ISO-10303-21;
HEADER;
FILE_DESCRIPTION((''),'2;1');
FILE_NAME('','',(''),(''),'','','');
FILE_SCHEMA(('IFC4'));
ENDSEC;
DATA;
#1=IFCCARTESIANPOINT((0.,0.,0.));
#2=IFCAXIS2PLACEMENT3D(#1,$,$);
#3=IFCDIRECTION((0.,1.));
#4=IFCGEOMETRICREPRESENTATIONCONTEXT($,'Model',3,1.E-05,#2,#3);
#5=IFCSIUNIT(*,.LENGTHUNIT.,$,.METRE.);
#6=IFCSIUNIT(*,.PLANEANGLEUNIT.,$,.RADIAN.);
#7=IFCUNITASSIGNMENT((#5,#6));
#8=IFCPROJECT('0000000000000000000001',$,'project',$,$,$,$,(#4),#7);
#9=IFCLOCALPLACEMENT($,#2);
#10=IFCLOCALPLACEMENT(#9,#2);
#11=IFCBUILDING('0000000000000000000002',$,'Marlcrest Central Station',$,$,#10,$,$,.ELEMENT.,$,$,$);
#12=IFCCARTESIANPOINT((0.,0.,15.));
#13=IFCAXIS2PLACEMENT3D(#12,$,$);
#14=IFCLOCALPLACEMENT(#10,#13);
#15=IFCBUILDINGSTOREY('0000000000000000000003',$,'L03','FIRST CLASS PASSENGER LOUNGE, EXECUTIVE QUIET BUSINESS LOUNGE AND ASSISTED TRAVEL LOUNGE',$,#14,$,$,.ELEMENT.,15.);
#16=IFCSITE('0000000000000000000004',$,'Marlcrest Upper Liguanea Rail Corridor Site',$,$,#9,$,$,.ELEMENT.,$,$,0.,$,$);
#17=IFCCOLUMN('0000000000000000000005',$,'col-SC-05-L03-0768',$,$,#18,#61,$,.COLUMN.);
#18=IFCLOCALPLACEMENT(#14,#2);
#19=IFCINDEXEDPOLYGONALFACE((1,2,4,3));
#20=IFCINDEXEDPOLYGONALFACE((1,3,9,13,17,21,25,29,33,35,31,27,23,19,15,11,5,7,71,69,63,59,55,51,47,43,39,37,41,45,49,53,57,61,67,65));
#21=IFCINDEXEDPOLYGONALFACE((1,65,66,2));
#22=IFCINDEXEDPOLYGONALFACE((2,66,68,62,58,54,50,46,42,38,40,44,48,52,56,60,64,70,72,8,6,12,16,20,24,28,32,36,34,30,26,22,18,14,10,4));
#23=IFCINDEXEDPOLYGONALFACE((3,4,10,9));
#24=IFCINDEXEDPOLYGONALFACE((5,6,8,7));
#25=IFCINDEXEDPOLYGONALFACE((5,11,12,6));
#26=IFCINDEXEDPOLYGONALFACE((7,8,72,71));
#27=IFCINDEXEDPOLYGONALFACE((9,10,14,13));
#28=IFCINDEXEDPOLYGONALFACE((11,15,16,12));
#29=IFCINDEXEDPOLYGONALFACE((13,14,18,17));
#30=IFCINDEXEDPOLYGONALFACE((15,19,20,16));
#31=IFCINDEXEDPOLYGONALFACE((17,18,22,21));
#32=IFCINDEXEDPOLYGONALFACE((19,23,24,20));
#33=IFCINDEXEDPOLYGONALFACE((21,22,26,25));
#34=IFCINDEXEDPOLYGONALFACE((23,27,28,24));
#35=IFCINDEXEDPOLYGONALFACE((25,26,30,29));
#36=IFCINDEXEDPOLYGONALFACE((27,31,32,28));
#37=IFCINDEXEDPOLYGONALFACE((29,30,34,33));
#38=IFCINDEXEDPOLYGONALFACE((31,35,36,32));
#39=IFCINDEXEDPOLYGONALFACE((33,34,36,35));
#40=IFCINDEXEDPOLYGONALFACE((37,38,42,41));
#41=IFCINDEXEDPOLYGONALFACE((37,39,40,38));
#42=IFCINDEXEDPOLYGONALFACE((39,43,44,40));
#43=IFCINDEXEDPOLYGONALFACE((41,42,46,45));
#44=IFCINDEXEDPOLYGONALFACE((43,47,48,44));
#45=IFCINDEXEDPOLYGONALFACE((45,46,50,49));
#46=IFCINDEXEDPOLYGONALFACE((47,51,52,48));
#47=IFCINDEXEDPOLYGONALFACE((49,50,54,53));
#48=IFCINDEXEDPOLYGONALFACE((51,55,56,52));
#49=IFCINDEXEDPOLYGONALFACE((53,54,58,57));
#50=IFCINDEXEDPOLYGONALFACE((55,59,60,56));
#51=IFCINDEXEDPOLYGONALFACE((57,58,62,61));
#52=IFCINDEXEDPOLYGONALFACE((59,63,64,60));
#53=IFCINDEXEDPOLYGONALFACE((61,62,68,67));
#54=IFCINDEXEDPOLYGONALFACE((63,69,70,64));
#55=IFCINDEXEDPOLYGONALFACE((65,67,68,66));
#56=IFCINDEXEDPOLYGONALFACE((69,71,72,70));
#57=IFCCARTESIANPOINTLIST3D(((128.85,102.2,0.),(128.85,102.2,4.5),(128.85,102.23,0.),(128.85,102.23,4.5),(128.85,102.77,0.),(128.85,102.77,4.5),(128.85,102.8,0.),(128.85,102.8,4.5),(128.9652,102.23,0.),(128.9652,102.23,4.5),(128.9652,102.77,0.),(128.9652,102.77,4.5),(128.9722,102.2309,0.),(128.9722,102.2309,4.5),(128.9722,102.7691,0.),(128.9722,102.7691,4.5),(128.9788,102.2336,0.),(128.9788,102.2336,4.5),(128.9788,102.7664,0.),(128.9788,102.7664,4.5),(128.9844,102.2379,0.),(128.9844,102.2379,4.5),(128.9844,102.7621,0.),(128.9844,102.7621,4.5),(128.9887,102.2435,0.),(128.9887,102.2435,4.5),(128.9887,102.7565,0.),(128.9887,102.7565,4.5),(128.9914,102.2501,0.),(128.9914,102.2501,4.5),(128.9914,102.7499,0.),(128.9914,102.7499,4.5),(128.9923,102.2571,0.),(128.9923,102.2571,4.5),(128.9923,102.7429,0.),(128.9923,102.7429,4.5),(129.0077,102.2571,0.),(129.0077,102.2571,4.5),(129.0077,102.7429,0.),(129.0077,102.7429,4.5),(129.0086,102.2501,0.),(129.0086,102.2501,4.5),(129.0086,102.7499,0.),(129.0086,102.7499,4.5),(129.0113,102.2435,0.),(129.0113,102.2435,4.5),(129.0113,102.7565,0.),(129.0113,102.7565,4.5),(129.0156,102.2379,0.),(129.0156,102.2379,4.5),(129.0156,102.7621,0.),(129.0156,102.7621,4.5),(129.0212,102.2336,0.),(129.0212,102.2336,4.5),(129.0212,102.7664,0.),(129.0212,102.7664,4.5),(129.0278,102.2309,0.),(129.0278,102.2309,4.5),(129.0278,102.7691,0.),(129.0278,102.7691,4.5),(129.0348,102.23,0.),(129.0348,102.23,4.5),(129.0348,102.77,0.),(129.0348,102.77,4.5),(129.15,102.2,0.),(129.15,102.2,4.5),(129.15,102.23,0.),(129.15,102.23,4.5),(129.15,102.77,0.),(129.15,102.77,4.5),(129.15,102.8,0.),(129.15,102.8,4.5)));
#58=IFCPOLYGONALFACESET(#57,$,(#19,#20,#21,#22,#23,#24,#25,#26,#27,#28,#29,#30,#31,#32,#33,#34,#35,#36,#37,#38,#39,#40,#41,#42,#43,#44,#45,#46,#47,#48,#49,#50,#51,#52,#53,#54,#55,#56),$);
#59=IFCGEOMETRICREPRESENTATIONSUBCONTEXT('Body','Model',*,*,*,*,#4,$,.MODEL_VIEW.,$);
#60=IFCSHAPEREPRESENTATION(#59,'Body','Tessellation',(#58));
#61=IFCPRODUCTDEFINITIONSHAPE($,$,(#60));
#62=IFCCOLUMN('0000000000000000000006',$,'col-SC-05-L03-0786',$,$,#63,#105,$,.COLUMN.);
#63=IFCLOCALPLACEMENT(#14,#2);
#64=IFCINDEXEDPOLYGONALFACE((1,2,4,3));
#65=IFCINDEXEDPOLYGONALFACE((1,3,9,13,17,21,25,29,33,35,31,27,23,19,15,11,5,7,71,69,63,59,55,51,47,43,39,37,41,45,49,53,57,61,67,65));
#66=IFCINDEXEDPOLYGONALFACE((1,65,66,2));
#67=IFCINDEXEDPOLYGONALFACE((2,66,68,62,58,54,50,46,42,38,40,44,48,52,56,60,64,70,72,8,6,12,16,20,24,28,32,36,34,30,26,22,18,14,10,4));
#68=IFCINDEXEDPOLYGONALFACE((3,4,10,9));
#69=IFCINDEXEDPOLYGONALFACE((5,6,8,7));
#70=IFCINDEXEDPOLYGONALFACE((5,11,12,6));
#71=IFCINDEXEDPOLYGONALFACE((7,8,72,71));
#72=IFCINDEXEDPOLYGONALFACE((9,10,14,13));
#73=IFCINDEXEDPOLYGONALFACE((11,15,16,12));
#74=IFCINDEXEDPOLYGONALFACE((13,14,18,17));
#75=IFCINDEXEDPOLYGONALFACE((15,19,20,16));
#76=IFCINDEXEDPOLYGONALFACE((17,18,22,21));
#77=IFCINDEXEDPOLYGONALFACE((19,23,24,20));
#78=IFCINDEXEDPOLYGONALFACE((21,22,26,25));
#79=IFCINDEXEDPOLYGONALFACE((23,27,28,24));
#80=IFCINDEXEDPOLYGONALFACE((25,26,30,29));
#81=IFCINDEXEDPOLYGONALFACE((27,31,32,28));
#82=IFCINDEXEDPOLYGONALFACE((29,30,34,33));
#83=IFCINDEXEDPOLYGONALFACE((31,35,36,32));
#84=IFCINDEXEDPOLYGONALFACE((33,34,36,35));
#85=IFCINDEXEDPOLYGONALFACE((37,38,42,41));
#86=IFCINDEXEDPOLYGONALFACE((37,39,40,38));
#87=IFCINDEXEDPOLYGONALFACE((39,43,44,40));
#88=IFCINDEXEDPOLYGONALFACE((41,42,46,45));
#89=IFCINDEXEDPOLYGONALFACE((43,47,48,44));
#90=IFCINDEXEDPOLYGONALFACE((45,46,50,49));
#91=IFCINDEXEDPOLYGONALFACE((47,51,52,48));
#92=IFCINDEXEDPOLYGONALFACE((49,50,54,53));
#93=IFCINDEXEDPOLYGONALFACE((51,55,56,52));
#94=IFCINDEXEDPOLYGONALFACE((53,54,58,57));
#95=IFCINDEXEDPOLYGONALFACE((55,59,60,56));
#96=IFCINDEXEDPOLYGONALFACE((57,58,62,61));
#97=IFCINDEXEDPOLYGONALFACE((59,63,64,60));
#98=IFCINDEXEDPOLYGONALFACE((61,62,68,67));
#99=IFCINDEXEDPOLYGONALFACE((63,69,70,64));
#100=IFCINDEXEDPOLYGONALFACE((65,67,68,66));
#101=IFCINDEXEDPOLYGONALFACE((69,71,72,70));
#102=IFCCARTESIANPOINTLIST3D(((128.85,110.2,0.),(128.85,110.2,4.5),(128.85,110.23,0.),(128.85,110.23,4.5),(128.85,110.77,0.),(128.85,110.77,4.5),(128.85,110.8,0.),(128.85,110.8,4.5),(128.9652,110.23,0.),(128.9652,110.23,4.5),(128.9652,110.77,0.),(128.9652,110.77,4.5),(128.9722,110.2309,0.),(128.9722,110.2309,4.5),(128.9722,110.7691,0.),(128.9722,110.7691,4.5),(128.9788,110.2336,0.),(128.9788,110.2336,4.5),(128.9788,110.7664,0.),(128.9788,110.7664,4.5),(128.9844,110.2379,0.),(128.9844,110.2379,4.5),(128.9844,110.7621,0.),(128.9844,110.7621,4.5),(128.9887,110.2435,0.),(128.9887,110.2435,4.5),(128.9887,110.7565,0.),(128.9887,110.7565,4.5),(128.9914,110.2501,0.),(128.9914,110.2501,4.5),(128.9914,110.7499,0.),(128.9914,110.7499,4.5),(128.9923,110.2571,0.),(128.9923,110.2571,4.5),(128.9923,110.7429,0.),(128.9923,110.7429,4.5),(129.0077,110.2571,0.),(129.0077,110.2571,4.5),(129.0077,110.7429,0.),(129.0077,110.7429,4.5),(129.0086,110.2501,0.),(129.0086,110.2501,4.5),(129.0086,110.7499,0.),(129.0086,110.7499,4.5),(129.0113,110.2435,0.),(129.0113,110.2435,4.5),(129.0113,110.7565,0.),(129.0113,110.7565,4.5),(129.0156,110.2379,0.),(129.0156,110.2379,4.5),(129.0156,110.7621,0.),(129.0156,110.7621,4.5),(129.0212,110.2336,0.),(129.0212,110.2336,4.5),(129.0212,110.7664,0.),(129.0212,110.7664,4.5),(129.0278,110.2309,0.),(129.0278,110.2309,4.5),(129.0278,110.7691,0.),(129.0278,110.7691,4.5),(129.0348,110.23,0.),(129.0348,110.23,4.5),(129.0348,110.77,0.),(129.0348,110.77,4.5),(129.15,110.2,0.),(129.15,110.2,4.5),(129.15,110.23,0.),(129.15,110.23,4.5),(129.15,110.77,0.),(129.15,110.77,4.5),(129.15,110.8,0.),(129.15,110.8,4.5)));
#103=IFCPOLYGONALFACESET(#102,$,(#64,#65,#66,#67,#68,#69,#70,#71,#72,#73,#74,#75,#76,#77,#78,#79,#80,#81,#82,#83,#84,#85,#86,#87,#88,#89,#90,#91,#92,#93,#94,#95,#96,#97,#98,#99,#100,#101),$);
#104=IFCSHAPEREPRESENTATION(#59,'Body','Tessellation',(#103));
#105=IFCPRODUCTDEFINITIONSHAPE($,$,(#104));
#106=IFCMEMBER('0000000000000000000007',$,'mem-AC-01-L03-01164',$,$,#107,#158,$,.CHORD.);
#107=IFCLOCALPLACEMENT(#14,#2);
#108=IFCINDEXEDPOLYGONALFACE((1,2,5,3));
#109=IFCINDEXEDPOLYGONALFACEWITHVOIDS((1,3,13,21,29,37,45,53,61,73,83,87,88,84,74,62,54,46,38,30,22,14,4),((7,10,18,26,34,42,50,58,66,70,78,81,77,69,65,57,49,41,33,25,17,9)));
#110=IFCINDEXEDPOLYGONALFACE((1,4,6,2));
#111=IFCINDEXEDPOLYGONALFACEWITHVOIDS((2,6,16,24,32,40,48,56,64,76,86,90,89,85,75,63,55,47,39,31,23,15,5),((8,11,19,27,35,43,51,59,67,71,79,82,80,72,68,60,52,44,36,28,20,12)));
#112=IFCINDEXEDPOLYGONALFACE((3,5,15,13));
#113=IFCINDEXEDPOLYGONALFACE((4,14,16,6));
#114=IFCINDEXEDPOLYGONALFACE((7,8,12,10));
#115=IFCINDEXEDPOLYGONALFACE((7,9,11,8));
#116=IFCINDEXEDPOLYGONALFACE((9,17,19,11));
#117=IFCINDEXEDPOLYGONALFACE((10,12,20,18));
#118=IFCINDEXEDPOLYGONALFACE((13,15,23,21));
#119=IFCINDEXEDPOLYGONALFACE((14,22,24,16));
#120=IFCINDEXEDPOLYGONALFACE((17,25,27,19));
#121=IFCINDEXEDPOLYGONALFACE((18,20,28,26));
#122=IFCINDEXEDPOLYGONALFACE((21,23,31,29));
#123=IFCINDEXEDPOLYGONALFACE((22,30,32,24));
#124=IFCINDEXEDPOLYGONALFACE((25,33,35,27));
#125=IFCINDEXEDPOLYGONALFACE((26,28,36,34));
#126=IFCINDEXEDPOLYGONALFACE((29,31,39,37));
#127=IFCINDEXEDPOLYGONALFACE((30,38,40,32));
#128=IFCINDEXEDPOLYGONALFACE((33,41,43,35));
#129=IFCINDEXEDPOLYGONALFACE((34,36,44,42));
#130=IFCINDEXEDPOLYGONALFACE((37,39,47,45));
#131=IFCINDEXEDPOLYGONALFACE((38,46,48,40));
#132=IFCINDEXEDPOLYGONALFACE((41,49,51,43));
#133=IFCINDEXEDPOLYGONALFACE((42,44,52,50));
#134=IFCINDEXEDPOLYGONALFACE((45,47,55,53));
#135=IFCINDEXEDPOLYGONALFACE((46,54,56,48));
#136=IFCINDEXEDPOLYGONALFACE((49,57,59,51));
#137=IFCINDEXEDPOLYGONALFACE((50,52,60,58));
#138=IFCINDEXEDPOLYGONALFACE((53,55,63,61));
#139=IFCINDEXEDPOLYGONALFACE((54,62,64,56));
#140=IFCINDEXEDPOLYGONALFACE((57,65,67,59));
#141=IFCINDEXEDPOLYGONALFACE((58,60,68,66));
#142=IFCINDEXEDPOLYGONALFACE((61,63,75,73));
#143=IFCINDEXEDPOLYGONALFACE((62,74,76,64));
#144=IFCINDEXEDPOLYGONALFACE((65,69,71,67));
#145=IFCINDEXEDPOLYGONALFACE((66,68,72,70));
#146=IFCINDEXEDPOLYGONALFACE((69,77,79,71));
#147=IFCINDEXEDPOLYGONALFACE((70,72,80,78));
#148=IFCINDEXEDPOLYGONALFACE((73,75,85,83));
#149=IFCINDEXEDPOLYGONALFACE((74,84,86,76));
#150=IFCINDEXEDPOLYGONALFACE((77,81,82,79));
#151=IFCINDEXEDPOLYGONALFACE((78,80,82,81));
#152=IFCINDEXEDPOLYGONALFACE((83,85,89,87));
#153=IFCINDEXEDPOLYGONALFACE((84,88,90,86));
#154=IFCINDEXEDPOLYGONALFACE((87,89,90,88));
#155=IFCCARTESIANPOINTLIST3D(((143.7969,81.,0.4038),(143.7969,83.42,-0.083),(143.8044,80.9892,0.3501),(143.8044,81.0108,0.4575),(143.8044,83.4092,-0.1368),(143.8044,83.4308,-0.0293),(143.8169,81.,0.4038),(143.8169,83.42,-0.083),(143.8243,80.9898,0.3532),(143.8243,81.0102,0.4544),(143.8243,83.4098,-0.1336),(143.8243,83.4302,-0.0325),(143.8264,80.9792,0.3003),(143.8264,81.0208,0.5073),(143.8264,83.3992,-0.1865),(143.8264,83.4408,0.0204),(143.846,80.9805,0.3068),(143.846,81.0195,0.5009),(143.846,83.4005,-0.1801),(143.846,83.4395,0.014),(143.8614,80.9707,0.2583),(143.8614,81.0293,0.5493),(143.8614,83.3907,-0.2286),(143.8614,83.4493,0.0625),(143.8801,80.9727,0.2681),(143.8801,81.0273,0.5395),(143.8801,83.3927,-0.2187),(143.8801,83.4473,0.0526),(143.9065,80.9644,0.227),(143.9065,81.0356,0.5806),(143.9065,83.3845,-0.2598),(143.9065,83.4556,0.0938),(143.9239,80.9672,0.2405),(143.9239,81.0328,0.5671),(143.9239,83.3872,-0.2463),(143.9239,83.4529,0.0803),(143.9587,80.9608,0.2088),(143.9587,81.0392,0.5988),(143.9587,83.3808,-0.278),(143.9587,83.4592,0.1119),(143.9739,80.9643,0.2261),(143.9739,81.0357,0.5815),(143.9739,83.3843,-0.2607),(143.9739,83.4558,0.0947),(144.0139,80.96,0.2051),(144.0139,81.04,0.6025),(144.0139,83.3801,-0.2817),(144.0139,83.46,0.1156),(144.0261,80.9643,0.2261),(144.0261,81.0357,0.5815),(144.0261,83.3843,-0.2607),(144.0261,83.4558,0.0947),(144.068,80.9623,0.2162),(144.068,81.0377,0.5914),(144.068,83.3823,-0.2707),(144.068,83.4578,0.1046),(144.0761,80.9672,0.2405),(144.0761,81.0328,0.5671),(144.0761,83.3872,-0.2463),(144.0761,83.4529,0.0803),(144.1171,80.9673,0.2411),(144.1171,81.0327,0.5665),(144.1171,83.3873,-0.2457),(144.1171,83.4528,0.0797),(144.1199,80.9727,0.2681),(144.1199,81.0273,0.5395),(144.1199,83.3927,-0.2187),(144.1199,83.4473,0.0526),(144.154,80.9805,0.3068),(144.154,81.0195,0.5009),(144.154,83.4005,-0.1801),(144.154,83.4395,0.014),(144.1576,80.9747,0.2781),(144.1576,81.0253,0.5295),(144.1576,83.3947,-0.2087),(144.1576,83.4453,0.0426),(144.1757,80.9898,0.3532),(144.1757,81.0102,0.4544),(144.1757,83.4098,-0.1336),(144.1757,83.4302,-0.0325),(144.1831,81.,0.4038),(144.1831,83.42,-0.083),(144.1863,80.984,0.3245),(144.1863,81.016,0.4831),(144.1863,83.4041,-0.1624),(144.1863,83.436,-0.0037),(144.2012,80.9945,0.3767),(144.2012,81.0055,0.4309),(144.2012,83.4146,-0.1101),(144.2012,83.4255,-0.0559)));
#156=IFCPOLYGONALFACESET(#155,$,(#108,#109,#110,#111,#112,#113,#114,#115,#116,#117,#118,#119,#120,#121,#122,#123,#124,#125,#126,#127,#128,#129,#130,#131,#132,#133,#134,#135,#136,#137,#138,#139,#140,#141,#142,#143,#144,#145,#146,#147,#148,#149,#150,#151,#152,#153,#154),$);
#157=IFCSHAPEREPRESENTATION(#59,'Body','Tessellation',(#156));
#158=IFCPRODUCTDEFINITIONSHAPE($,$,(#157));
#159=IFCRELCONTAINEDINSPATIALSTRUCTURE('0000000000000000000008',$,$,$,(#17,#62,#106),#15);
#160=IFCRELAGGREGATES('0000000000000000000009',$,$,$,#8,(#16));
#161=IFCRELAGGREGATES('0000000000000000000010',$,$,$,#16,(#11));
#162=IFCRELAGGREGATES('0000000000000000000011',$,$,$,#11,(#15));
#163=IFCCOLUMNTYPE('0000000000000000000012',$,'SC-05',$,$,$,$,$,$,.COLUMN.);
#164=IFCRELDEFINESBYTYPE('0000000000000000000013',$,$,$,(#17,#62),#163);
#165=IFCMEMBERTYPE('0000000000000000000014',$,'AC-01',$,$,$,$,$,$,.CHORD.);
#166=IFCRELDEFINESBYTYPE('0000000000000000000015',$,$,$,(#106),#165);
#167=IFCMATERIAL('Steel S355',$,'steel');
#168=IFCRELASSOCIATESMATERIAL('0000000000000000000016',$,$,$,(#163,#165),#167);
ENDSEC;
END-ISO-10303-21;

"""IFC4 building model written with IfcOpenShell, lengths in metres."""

from ifc_helpers import new_model, si_unit, direction, frame, origin, origin_2d, place, context, subcontext, project, spatial, hollow_circle, i_section, extrude, material, material_profile, profile_set, type_object, element, save


model = new_model("IFC4")

# Units and contexts
model_context = context("Model", 3, precision=1e-05, world=origin(), true_north=direction((0.0, 1.0)))
body_context = subcontext(model_context, "Body", "Model", "MODEL_VIEW")
ifc_project = project(units=[si_unit("LENGTHUNIT", "METRE"), si_unit("PLANEANGLEUNIT", "RADIAN")], contexts=[model_context])

# Site, building, storey
site_placement = place(None, origin())
site = spatial("IfcSite", under=ifc_project, at=site_placement, Name="Marlcrest Upper Liguanea Rail Corridor Site", CompositionType="ELEMENT", RefElevation=0.0)
building_placement = place(site_placement, origin())
building = spatial("IfcBuilding", under=site, at=building_placement, Name="Marlcrest Central Station", CompositionType="ELEMENT")
storey_placement = place(building_placement, frame((0.0, 0.0, 15.0)))
storey = spatial("IfcBuildingStorey", under=building, at=storey_placement, Name="L03", Description="FIRST CLASS PASSENGER LOUNGE, EXECUTIVE QUIET BUSINESS LOUNGE AND ASSISTED TRAVEL LOUNGE", CompositionType="ELEMENT", Elevation=15.0)

# Columns
ifc_material_1 = material(Name="Steel S355", Category="steel")
ifc_material_profile_1 = material_profile(ifc_material_1, i_section(OverallWidth=0.3, OverallDepth=0.6001, WebThickness=0.0154, FlangeThickness=0.03, FilletRadius=0.0271, at=origin_2d()), Name="HEB 600")
ifc_profile_set_1 = profile_set([ifc_material_profile_1], Name="Steel S355")
column_type = type_object("IfcColumnType", Name="SC-05", PredefinedType="COLUMN", material=ifc_profile_set_1)
for number, where, z_axis, x_axis, name in (
    (1, (129.0, 102.5, 0.0), (0.0, 0.0, 1.0), (1.0, 0.0, 0.0), "col-SC-05-L03-0768"),
    (2, (129.0, 110.5, 0.0), (0.0, 0.0, 1.0), (1.0, 0.0, 0.0), "col-SC-05-L03-0786"),
):
    element("IfcColumn", number, at=place(storey_placement, frame(where, z_axis=z_axis, x_axis=x_axis)), inside=storey, type_object=column_type, Name=name, PredefinedType="COLUMN", context=body_context, shape_type="SweptSolid", body=[
        extrude(i_section(OverallWidth=0.3, OverallDepth=0.6001, WebThickness=0.0154, FlangeThickness=0.03, FilletRadius=0.0271, at=origin_2d()), origin(), (0.0, 0.0, 1.0), 4.5),
    ])

# Member
ifc_material_profile_2 = material_profile(ifc_material_1, hollow_circle(Radius=0.2031, WallThickness=0.02, at=origin_2d()), Name="CHS 406.4x20")
ifc_profile_set_2 = profile_set([ifc_material_profile_2], Name="Steel S355")
member_type_1 = type_object("IfcMemberType", Name="AC-01", PredefinedType="CHORD", material=ifc_profile_set_2)
for number, where, z_axis, x_axis, name in (
    (3, (144.0, 81.0, 0.4038), (0.0, 0.980359, -0.197219), (-1.0, 0.0, 0.0), "mem-AC-01-L03-01164"),
):
    element("IfcMember", number, at=place(storey_placement, frame(where, z_axis=z_axis, x_axis=x_axis)), inside=storey, type_object=member_type_1, Name=name, PredefinedType="CHORD", context=body_context, shape_type="SweptSolid", body=[
        extrude(hollow_circle(Radius=0.2031, WallThickness=0.02, at=origin_2d()), origin(), (0.0, 0.0, 1.0), 2.4685),
    ])

save(model, "model.ifc")
